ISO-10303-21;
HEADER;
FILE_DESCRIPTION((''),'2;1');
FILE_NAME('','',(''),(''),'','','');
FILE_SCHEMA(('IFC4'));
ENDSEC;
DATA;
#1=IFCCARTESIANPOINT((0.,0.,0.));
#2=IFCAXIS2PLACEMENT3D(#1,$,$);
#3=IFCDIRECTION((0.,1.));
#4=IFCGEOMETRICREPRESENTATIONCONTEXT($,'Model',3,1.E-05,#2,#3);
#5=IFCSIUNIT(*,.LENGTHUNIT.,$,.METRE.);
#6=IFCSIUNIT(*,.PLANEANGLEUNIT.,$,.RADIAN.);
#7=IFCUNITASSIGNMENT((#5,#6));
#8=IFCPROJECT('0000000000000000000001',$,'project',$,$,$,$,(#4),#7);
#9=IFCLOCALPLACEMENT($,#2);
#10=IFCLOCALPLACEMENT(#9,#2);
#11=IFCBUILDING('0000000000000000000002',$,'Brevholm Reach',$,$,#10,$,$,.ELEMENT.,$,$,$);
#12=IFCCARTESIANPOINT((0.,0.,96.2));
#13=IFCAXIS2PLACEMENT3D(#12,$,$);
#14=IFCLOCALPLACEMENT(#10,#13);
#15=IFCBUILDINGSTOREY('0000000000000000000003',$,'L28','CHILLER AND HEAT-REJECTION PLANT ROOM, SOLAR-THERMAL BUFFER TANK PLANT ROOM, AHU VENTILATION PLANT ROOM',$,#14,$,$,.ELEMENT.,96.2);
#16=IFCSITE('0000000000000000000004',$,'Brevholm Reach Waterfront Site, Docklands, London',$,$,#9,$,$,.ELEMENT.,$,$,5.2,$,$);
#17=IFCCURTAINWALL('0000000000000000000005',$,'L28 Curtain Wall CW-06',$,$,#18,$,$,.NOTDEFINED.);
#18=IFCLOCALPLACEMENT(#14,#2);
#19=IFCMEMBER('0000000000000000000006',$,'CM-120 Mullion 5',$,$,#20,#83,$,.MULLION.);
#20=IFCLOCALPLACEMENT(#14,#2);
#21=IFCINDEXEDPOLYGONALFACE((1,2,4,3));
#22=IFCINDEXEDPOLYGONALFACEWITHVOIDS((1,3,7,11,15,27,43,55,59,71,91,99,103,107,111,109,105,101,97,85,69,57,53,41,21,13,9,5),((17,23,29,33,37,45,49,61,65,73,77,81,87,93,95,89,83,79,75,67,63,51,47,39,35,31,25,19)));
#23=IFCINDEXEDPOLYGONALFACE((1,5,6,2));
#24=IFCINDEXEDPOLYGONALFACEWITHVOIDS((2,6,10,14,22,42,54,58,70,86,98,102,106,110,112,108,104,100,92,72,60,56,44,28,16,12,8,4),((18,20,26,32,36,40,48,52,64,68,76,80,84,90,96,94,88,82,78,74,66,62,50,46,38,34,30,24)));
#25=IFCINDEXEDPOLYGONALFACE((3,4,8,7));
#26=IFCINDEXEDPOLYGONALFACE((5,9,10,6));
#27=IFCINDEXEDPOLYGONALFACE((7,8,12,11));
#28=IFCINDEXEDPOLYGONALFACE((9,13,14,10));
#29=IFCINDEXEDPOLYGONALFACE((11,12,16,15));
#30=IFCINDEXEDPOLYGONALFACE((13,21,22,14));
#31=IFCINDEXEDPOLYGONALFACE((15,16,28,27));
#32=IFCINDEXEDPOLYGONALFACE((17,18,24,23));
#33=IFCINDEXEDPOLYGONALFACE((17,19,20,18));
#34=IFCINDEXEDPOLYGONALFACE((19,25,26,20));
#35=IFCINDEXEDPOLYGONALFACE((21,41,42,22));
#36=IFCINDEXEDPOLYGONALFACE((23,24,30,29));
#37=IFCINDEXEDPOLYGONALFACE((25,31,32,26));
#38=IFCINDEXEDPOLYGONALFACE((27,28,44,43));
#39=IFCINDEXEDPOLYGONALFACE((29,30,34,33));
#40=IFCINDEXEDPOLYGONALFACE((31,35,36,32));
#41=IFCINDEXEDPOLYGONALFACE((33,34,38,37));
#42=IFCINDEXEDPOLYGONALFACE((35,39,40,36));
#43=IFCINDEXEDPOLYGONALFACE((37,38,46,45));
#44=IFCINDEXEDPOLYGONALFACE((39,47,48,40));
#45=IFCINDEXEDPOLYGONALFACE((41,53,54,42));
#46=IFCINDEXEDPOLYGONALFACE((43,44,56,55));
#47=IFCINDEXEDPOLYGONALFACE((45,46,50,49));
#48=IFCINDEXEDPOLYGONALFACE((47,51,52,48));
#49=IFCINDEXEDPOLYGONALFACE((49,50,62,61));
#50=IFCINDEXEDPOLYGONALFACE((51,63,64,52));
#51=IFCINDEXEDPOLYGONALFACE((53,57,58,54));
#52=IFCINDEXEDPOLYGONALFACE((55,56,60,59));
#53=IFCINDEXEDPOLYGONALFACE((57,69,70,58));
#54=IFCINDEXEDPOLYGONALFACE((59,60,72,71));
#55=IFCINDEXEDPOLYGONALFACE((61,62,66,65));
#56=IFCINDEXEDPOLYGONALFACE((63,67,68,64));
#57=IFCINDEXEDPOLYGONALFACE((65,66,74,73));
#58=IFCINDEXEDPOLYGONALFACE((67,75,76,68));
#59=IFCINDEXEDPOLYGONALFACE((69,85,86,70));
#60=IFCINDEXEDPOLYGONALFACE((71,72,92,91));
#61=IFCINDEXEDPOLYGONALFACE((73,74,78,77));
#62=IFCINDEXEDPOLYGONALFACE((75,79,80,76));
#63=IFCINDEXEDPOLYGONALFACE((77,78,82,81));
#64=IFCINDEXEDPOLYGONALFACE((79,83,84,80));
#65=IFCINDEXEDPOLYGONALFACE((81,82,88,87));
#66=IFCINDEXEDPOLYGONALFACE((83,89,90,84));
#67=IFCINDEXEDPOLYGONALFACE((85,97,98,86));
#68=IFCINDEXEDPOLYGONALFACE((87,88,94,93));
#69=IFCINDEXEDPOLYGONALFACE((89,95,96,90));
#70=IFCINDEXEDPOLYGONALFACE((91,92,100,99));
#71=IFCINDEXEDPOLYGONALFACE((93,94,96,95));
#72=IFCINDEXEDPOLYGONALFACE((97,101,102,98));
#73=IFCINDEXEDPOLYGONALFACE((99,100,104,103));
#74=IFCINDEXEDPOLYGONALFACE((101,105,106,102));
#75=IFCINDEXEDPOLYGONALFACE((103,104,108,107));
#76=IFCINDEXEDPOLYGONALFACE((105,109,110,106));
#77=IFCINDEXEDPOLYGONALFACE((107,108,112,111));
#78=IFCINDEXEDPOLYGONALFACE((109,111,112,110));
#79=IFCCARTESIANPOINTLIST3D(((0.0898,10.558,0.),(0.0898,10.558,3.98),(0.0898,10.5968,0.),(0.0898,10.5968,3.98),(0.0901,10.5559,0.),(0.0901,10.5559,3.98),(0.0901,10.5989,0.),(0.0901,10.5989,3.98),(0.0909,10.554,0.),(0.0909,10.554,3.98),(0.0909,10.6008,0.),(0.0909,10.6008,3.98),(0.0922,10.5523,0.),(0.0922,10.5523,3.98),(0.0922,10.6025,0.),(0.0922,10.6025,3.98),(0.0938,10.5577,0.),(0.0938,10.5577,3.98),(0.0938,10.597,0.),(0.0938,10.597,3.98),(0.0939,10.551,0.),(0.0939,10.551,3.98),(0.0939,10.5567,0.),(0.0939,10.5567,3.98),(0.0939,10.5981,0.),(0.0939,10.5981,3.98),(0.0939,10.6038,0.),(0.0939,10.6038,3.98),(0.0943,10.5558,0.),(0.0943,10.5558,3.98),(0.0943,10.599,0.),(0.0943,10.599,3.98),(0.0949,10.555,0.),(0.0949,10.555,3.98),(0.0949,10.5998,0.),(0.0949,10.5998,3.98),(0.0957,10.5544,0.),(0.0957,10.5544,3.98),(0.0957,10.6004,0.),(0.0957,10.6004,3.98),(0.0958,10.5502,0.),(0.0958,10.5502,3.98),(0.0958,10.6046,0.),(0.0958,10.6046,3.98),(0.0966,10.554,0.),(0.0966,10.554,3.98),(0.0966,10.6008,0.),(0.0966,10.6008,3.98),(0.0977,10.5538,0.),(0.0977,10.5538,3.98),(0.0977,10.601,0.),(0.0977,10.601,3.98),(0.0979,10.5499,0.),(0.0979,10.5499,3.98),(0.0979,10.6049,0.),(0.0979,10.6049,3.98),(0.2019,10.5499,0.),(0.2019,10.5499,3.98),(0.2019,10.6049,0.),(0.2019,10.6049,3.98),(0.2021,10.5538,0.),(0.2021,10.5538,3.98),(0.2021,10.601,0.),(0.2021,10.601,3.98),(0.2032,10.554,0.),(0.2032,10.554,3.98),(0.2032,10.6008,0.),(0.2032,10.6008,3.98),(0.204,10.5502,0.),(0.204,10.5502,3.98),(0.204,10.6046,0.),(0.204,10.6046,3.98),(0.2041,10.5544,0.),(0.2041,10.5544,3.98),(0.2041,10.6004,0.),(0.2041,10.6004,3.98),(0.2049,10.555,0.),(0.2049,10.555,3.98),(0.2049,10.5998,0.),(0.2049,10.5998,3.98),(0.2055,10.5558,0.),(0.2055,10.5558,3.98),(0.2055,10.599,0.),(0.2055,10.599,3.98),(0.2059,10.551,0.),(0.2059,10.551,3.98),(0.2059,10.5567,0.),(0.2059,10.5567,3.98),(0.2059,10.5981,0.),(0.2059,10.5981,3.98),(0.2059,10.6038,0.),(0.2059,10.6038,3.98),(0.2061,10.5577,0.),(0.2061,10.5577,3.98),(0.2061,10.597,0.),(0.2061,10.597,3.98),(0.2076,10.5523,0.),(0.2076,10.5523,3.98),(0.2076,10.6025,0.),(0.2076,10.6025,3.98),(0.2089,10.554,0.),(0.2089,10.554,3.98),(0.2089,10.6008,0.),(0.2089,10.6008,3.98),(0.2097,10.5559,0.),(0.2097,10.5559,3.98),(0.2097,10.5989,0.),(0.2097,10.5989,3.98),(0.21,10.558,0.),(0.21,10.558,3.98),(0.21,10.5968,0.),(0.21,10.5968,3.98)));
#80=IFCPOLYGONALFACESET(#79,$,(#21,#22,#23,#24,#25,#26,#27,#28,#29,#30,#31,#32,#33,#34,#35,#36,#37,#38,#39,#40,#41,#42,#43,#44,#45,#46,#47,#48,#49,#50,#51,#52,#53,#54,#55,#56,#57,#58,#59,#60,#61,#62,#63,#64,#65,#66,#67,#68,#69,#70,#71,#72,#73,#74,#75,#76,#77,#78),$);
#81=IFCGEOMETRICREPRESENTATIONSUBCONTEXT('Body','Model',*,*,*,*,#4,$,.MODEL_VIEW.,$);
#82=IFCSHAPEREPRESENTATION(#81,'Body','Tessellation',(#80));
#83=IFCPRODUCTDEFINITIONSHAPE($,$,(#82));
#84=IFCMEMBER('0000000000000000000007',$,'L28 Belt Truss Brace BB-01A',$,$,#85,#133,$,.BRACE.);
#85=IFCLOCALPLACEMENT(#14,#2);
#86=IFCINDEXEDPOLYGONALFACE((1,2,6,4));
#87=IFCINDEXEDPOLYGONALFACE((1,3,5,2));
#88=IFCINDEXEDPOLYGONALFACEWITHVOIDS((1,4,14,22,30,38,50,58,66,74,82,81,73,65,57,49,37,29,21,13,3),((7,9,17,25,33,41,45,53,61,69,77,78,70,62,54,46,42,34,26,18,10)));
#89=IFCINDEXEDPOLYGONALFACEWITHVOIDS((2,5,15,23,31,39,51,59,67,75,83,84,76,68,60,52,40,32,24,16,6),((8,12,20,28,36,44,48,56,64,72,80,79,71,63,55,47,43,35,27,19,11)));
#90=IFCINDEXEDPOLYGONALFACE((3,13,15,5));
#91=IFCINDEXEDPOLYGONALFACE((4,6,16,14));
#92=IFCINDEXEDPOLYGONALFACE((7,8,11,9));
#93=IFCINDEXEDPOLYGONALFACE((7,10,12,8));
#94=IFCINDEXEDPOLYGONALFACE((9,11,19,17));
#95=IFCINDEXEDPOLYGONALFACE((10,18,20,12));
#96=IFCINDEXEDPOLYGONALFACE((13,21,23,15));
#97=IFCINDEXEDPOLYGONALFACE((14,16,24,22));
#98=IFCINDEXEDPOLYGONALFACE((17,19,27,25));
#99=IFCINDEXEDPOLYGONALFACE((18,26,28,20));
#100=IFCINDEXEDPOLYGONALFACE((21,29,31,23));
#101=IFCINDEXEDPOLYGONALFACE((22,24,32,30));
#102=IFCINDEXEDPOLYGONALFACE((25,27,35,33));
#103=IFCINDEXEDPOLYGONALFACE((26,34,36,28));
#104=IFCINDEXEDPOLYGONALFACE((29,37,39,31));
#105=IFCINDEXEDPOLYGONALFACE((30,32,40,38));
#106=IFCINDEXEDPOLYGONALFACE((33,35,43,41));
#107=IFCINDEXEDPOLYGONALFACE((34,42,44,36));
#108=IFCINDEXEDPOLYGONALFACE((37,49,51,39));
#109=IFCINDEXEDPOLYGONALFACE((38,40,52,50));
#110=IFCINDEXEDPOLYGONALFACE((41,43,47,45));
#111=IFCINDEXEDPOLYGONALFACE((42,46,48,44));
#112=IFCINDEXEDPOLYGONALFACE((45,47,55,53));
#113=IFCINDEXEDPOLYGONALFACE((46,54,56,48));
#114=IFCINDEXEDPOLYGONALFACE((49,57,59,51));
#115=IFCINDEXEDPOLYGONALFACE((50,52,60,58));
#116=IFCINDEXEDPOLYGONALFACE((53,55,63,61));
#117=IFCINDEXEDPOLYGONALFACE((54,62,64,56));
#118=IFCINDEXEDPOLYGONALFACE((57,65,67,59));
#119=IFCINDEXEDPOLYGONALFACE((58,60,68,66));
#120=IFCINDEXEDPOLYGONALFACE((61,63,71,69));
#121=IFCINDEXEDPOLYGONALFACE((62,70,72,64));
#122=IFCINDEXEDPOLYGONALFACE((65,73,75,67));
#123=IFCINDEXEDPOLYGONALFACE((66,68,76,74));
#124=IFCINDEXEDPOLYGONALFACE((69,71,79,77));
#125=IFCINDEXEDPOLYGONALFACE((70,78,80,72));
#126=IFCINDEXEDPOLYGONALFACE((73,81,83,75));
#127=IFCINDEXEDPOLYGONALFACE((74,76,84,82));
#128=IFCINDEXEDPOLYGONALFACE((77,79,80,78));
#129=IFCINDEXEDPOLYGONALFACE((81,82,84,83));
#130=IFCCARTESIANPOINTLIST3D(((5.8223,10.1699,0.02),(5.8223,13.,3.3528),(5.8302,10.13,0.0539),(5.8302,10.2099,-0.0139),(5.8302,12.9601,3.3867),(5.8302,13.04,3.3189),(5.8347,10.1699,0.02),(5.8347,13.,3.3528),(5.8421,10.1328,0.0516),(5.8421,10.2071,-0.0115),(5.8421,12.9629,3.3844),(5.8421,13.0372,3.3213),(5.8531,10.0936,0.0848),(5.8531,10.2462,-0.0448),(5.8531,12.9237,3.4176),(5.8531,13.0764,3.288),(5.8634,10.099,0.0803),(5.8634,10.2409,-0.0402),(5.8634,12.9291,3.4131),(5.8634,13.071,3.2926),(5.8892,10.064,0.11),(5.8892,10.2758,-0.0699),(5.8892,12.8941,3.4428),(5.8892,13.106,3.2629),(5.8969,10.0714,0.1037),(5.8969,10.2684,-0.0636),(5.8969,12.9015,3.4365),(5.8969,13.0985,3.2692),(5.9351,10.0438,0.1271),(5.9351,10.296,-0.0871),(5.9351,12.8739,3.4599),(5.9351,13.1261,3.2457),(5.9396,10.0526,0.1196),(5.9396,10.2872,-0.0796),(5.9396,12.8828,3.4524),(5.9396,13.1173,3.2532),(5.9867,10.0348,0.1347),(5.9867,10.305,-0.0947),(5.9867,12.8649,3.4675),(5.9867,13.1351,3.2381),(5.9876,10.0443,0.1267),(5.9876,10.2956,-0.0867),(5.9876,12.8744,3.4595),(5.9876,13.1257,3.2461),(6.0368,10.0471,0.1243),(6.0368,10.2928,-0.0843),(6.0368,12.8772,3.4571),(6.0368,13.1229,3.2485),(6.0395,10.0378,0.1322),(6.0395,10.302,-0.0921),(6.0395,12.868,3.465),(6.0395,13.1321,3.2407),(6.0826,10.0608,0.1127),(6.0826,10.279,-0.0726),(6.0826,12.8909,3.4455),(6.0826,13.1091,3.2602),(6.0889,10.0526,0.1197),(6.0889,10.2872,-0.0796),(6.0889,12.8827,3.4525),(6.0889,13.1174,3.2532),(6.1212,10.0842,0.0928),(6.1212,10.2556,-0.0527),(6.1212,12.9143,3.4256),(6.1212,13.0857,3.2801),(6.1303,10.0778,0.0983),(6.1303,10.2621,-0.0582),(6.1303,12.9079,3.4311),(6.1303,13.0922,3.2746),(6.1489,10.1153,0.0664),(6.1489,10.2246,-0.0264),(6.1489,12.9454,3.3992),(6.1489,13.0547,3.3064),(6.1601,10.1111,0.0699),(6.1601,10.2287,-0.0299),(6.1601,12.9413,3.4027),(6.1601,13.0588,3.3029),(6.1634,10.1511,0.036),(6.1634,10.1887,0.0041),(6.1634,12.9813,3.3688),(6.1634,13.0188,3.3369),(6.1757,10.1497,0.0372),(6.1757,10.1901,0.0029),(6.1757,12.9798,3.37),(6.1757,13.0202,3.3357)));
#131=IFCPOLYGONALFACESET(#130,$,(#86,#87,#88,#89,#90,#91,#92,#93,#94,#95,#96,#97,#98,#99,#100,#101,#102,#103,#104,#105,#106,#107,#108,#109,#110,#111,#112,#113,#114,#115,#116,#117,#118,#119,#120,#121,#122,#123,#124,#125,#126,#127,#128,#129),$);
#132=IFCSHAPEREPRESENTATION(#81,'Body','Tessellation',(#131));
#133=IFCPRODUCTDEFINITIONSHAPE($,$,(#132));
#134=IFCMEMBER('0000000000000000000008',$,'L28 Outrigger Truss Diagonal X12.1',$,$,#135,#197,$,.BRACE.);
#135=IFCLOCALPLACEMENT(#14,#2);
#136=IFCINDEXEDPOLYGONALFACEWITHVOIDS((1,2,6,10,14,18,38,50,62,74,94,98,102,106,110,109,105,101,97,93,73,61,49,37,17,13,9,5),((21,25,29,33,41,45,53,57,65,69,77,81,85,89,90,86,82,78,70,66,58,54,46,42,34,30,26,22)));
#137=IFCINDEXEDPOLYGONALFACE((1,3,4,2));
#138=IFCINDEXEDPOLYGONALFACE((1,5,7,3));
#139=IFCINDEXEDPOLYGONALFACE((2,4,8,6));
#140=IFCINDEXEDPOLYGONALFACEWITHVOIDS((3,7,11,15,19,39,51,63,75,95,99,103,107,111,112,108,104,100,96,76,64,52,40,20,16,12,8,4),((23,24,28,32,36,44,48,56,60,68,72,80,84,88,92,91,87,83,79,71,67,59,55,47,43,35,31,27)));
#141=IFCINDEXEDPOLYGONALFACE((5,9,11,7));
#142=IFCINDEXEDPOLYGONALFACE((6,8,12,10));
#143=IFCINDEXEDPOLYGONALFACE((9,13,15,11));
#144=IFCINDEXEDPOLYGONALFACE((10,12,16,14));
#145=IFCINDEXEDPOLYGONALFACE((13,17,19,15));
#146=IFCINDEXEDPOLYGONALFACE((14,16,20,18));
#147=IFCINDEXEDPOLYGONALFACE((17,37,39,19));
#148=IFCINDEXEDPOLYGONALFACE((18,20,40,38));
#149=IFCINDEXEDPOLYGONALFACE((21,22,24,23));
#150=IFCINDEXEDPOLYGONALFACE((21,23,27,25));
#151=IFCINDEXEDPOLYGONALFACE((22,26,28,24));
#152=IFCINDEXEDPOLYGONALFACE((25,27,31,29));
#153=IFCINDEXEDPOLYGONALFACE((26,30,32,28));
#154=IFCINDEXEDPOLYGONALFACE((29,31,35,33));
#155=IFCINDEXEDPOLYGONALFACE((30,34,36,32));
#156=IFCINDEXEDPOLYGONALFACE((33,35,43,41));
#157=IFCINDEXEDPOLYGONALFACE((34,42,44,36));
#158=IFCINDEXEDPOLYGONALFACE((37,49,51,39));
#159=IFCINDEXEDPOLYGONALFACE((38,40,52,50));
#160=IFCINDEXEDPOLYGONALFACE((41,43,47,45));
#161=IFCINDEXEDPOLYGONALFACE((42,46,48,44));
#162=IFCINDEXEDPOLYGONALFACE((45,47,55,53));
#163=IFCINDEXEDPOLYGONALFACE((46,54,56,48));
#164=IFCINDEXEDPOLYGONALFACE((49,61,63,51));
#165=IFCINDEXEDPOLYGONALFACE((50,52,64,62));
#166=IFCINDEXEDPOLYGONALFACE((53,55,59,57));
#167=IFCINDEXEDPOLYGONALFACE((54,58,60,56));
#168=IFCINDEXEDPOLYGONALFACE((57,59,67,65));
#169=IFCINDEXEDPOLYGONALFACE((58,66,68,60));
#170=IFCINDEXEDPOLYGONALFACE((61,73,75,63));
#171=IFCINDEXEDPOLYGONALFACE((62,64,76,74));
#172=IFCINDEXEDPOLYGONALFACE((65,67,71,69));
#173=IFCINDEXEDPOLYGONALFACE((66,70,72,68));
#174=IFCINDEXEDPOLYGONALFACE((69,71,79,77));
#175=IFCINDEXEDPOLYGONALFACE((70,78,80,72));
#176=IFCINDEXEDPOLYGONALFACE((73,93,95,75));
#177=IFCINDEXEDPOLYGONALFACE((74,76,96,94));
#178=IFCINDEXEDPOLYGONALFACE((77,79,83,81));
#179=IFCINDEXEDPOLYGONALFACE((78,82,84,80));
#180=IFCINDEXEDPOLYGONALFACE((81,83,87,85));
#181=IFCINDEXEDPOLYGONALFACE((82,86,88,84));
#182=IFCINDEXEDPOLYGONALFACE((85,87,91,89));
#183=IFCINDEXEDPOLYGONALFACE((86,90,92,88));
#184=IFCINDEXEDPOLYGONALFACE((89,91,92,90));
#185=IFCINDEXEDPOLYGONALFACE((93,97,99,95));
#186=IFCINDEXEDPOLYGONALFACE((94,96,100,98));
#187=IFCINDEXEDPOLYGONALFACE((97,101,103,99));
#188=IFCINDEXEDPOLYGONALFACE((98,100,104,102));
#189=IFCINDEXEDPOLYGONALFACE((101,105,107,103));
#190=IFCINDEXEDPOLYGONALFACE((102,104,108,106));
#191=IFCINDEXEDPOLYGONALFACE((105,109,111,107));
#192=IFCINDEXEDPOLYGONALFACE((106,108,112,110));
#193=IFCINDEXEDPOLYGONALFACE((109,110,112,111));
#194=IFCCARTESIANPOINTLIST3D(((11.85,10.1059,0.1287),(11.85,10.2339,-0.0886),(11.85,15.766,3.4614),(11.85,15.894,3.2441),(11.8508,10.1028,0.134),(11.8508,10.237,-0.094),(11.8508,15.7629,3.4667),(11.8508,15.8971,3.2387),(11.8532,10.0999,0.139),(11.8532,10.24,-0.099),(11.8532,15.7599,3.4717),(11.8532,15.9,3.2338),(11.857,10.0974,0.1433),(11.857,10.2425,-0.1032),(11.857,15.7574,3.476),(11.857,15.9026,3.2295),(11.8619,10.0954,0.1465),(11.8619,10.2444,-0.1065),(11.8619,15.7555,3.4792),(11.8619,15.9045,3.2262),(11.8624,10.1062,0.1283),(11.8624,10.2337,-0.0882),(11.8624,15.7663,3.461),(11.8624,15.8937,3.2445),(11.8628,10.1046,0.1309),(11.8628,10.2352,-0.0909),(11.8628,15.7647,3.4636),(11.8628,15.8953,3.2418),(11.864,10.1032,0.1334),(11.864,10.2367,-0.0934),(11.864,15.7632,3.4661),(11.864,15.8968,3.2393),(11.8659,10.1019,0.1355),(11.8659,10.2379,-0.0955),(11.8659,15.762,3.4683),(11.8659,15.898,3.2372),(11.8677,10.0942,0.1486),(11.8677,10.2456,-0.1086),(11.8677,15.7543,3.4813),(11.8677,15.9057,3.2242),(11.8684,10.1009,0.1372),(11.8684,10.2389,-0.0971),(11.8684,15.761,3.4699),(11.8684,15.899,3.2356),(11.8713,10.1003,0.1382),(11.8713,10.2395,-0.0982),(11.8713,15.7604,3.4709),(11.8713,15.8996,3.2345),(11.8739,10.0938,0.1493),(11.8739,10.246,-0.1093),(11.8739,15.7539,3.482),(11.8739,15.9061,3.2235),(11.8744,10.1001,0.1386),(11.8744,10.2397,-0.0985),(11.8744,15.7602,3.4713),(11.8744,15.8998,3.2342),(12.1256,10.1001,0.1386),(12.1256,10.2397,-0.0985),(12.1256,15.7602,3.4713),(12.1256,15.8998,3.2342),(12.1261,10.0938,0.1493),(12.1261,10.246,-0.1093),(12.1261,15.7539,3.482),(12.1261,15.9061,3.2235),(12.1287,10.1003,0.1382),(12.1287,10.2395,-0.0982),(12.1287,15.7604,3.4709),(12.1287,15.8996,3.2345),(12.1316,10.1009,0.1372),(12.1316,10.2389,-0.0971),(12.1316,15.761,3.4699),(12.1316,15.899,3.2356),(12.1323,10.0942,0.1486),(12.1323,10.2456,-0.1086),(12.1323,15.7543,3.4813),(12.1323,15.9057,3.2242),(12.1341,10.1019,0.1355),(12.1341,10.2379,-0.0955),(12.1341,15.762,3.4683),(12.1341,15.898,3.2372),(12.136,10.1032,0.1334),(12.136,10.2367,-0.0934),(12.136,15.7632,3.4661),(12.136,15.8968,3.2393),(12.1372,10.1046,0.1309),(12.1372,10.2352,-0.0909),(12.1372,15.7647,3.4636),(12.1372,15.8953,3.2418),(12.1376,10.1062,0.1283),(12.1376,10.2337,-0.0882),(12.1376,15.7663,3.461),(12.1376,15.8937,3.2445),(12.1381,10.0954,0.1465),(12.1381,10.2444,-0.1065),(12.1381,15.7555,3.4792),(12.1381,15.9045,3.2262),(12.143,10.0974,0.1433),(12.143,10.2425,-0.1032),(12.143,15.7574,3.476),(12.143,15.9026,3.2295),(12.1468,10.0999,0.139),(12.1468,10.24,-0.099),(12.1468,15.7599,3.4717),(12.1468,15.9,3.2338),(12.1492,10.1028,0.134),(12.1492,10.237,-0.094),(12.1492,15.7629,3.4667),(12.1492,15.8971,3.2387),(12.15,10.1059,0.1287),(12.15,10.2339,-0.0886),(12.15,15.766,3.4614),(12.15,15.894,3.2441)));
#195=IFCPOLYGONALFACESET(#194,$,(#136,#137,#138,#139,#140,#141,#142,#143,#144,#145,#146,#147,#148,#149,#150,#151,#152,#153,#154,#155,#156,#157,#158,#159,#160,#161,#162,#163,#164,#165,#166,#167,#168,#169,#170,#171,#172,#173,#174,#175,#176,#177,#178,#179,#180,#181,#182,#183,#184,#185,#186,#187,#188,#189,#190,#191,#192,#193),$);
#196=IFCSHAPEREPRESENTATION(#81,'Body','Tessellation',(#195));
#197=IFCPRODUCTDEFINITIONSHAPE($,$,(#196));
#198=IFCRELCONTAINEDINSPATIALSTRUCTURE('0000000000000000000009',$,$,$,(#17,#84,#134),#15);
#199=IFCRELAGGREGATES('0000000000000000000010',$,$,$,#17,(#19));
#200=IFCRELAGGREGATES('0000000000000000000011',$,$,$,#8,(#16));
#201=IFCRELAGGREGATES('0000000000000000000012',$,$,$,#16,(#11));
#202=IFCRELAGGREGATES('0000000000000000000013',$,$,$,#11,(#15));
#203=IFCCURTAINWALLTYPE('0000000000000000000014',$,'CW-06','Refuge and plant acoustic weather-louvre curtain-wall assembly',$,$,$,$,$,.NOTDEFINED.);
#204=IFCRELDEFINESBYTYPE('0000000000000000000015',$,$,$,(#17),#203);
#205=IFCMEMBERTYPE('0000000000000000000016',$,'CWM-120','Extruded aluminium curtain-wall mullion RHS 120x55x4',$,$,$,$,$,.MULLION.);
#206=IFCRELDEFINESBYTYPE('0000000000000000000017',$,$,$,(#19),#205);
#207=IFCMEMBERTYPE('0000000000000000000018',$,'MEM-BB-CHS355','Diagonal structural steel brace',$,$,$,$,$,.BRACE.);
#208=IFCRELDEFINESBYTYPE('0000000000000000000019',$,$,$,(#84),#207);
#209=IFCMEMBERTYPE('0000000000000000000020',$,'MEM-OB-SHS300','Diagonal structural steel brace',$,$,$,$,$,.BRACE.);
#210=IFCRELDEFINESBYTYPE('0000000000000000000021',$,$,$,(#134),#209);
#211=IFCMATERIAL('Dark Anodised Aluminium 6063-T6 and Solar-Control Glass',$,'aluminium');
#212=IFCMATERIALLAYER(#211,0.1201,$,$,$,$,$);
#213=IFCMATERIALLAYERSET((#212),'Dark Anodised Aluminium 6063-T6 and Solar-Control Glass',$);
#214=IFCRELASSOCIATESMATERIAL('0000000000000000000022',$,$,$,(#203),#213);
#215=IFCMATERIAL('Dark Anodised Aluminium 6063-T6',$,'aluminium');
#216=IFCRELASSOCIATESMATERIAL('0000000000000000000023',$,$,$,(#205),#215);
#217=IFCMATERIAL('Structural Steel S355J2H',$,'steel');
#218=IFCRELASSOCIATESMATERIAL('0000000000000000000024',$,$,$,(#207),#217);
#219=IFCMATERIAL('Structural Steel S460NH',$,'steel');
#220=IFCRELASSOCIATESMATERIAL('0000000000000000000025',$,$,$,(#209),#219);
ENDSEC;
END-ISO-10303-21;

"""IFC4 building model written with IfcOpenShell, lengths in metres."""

from ifc_helpers import new_model, si_unit, direction, frame, origin, origin_2d, place, context, subcontext, project, spatial, hollow_rectangle, hollow_circle, extrude, material, layer, layer_set, material_profile, profile_set, type_object, element, aggregate, save


model = new_model("IFC4")

# Units and contexts
model_context = context("Model", 3, precision=1e-05, world=origin(), true_north=direction((0.0, 1.0)))
body_context = subcontext(model_context, "Body", "Model", "MODEL_VIEW")
ifc_project = project(units=[si_unit("LENGTHUNIT", "METRE"), si_unit("PLANEANGLEUNIT", "RADIAN")], contexts=[model_context])

# Site, building, storey
site_placement = place(None, origin())
site = spatial("IfcSite", under=ifc_project, at=site_placement, Name="Brevholm Reach Waterfront Site, Docklands, London", CompositionType="ELEMENT", RefElevation=5.2)
building_placement = place(site_placement, origin())
building = spatial("IfcBuilding", under=site, at=building_placement, Name="Brevholm Reach", CompositionType="ELEMENT")
storey_placement = place(building_placement, frame((0.0, 0.0, 96.2)))
storey = spatial("IfcBuildingStorey", under=building, at=storey_placement, Name="L28", Description="CHILLER AND HEAT-REJECTION PLANT ROOM, SOLAR-THERMAL BUFFER TANK PLANT ROOM, AHU VENTILATION PLANT ROOM", CompositionType="ELEMENT", Elevation=96.2)

# Curtain wall, member
ifc_material_1 = material(Name="Dark Anodised Aluminium 6063-T6 and Solar-Control Glass", Category="aluminium")
ifc_layer_1 = layer(ifc_material_1, 0.1201)
ifc_layer_set_1 = layer_set([ifc_layer_1], Name="Dark Anodised Aluminium 6063-T6 and Solar-Control Glass")
curtain_wall_type = type_object("IfcCurtainWallType", Name="CW-06", Description="Refuge and plant acoustic weather-louvre curtain-wall assembly", PredefinedType="NOTDEFINED", material=ifc_layer_set_1)
curtain_wall_placement = place(storey_placement, origin())
curtain_wall = element("IfcCurtainWall", 1, at=curtain_wall_placement, inside=storey, type_object=curtain_wall_type, Name="L28 Curtain Wall CW-06", PredefinedType="NOTDEFINED")
ifc_material_2 = material(Name="Dark Anodised Aluminium 6063-T6", Category="aluminium")
ifc_material_profile_1 = material_profile(ifc_material_2, hollow_rectangle(XDim=0.0549, YDim=0.1201, WallThickness=0.0039, InnerFilletRadius=0.0039, OuterFilletRadius=0.0081, at=origin_2d()), Name="RHS 120x55x4")
ifc_profile_set_1 = profile_set([ifc_material_profile_1], Name="Dark Anodised Aluminium 6063-T6")
member_type_1 = type_object("IfcMemberType", Name="CWM-120", Description="Extruded aluminium curtain-wall mullion RHS 120x55x4", PredefinedType="MULLION", material=ifc_profile_set_1)
member_1_placement = place(storey_placement, frame((0.1499, 10.5774, 0.0), z_axis=(0.0, 0.0, 1.0), x_axis=(0.0, -1.0, 0.0)))
member_1 = element("IfcMember", 2, at=member_1_placement, type_object=member_type_1, Name="CM-120 Mullion 5", PredefinedType="MULLION", context=body_context, shape_type="SweptSolid", body=[
    extrude(hollow_rectangle(XDim=0.0549, YDim=0.1201, WallThickness=0.0039, InnerFilletRadius=0.0039, OuterFilletRadius=0.0081, at=origin_2d()), origin(), (0.0, 0.0, 1.0), 3.98),
])
aggregate(curtain_wall, [member_1])

# Members
ifc_material_3 = material(Name="Structural Steel S355J2H", Category="steel")
ifc_material_profile_2 = material_profile(ifc_material_3, hollow_circle(Radius=0.1777, WallThickness=0.0125, at=origin_2d()), Name="CHS 355.6x12.5")
ifc_profile_set_2 = profile_set([ifc_material_profile_2], Name="Structural Steel S355J2H")
member_type_2 = type_object("IfcMemberType", Name="MEM-BB-CHS355", Description="Diagonal structural steel brace", PredefinedType="BRACE", material=ifc_profile_set_2)
member_2_placement = place(storey_placement, frame((6.0, 10.1699, 0.02), z_axis=(0.0, 0.64728, 0.762252), x_axis=(-1.0, 0.0, 0.0)))
element("IfcMember", 3, at=member_2_placement, inside=storey, type_object=member_type_2, Name="L28 Belt Truss Brace BB-01A", PredefinedType="BRACE", context=body_context, shape_type="SweptSolid", body=[
    extrude(hollow_circle(Radius=0.1777, WallThickness=0.0125, at=origin_2d()), origin(), (0.0, 0.0, 1.0), 4.3723),
])
ifc_material_4 = material(Name="Structural Steel S460NH", Category="steel")
ifc_material_profile_3 = material_profile(ifc_material_4, hollow_rectangle(XDim=0.3, YDim=0.3, WallThickness=0.0125, InnerFilletRadius=0.012, OuterFilletRadius=0.0239, at=origin_2d()), Name="SHS 300x300x12.5")
ifc_profile_set_3 = profile_set([ifc_material_profile_3], Name="Structural Steel S460NH")
member_type_3 = type_object("IfcMemberType", Name="MEM-OB-SHS300", Description="Diagonal structural steel brace", PredefinedType="BRACE", material=ifc_profile_set_3)
member_3_placement = place(storey_placement, frame((12.0, 10.1699, 0.02), z_axis=(0.0, 0.861717, 0.507389), x_axis=(-1.0, 0.0, 0.0)))
element("IfcMember", 4, at=member_3_placement, inside=storey, type_object=member_type_3, Name="L28 Outrigger Truss Diagonal X12.1", PredefinedType="BRACE", context=body_context, shape_type="SweptSolid", body=[
    extrude(hollow_rectangle(XDim=0.3, YDim=0.3, WallThickness=0.0125, InnerFilletRadius=0.012, OuterFilletRadius=0.0239, at=origin_2d()), origin(), (0.0, 0.0, 1.0), 6.5684),
])

save(model, "model.ifc")
